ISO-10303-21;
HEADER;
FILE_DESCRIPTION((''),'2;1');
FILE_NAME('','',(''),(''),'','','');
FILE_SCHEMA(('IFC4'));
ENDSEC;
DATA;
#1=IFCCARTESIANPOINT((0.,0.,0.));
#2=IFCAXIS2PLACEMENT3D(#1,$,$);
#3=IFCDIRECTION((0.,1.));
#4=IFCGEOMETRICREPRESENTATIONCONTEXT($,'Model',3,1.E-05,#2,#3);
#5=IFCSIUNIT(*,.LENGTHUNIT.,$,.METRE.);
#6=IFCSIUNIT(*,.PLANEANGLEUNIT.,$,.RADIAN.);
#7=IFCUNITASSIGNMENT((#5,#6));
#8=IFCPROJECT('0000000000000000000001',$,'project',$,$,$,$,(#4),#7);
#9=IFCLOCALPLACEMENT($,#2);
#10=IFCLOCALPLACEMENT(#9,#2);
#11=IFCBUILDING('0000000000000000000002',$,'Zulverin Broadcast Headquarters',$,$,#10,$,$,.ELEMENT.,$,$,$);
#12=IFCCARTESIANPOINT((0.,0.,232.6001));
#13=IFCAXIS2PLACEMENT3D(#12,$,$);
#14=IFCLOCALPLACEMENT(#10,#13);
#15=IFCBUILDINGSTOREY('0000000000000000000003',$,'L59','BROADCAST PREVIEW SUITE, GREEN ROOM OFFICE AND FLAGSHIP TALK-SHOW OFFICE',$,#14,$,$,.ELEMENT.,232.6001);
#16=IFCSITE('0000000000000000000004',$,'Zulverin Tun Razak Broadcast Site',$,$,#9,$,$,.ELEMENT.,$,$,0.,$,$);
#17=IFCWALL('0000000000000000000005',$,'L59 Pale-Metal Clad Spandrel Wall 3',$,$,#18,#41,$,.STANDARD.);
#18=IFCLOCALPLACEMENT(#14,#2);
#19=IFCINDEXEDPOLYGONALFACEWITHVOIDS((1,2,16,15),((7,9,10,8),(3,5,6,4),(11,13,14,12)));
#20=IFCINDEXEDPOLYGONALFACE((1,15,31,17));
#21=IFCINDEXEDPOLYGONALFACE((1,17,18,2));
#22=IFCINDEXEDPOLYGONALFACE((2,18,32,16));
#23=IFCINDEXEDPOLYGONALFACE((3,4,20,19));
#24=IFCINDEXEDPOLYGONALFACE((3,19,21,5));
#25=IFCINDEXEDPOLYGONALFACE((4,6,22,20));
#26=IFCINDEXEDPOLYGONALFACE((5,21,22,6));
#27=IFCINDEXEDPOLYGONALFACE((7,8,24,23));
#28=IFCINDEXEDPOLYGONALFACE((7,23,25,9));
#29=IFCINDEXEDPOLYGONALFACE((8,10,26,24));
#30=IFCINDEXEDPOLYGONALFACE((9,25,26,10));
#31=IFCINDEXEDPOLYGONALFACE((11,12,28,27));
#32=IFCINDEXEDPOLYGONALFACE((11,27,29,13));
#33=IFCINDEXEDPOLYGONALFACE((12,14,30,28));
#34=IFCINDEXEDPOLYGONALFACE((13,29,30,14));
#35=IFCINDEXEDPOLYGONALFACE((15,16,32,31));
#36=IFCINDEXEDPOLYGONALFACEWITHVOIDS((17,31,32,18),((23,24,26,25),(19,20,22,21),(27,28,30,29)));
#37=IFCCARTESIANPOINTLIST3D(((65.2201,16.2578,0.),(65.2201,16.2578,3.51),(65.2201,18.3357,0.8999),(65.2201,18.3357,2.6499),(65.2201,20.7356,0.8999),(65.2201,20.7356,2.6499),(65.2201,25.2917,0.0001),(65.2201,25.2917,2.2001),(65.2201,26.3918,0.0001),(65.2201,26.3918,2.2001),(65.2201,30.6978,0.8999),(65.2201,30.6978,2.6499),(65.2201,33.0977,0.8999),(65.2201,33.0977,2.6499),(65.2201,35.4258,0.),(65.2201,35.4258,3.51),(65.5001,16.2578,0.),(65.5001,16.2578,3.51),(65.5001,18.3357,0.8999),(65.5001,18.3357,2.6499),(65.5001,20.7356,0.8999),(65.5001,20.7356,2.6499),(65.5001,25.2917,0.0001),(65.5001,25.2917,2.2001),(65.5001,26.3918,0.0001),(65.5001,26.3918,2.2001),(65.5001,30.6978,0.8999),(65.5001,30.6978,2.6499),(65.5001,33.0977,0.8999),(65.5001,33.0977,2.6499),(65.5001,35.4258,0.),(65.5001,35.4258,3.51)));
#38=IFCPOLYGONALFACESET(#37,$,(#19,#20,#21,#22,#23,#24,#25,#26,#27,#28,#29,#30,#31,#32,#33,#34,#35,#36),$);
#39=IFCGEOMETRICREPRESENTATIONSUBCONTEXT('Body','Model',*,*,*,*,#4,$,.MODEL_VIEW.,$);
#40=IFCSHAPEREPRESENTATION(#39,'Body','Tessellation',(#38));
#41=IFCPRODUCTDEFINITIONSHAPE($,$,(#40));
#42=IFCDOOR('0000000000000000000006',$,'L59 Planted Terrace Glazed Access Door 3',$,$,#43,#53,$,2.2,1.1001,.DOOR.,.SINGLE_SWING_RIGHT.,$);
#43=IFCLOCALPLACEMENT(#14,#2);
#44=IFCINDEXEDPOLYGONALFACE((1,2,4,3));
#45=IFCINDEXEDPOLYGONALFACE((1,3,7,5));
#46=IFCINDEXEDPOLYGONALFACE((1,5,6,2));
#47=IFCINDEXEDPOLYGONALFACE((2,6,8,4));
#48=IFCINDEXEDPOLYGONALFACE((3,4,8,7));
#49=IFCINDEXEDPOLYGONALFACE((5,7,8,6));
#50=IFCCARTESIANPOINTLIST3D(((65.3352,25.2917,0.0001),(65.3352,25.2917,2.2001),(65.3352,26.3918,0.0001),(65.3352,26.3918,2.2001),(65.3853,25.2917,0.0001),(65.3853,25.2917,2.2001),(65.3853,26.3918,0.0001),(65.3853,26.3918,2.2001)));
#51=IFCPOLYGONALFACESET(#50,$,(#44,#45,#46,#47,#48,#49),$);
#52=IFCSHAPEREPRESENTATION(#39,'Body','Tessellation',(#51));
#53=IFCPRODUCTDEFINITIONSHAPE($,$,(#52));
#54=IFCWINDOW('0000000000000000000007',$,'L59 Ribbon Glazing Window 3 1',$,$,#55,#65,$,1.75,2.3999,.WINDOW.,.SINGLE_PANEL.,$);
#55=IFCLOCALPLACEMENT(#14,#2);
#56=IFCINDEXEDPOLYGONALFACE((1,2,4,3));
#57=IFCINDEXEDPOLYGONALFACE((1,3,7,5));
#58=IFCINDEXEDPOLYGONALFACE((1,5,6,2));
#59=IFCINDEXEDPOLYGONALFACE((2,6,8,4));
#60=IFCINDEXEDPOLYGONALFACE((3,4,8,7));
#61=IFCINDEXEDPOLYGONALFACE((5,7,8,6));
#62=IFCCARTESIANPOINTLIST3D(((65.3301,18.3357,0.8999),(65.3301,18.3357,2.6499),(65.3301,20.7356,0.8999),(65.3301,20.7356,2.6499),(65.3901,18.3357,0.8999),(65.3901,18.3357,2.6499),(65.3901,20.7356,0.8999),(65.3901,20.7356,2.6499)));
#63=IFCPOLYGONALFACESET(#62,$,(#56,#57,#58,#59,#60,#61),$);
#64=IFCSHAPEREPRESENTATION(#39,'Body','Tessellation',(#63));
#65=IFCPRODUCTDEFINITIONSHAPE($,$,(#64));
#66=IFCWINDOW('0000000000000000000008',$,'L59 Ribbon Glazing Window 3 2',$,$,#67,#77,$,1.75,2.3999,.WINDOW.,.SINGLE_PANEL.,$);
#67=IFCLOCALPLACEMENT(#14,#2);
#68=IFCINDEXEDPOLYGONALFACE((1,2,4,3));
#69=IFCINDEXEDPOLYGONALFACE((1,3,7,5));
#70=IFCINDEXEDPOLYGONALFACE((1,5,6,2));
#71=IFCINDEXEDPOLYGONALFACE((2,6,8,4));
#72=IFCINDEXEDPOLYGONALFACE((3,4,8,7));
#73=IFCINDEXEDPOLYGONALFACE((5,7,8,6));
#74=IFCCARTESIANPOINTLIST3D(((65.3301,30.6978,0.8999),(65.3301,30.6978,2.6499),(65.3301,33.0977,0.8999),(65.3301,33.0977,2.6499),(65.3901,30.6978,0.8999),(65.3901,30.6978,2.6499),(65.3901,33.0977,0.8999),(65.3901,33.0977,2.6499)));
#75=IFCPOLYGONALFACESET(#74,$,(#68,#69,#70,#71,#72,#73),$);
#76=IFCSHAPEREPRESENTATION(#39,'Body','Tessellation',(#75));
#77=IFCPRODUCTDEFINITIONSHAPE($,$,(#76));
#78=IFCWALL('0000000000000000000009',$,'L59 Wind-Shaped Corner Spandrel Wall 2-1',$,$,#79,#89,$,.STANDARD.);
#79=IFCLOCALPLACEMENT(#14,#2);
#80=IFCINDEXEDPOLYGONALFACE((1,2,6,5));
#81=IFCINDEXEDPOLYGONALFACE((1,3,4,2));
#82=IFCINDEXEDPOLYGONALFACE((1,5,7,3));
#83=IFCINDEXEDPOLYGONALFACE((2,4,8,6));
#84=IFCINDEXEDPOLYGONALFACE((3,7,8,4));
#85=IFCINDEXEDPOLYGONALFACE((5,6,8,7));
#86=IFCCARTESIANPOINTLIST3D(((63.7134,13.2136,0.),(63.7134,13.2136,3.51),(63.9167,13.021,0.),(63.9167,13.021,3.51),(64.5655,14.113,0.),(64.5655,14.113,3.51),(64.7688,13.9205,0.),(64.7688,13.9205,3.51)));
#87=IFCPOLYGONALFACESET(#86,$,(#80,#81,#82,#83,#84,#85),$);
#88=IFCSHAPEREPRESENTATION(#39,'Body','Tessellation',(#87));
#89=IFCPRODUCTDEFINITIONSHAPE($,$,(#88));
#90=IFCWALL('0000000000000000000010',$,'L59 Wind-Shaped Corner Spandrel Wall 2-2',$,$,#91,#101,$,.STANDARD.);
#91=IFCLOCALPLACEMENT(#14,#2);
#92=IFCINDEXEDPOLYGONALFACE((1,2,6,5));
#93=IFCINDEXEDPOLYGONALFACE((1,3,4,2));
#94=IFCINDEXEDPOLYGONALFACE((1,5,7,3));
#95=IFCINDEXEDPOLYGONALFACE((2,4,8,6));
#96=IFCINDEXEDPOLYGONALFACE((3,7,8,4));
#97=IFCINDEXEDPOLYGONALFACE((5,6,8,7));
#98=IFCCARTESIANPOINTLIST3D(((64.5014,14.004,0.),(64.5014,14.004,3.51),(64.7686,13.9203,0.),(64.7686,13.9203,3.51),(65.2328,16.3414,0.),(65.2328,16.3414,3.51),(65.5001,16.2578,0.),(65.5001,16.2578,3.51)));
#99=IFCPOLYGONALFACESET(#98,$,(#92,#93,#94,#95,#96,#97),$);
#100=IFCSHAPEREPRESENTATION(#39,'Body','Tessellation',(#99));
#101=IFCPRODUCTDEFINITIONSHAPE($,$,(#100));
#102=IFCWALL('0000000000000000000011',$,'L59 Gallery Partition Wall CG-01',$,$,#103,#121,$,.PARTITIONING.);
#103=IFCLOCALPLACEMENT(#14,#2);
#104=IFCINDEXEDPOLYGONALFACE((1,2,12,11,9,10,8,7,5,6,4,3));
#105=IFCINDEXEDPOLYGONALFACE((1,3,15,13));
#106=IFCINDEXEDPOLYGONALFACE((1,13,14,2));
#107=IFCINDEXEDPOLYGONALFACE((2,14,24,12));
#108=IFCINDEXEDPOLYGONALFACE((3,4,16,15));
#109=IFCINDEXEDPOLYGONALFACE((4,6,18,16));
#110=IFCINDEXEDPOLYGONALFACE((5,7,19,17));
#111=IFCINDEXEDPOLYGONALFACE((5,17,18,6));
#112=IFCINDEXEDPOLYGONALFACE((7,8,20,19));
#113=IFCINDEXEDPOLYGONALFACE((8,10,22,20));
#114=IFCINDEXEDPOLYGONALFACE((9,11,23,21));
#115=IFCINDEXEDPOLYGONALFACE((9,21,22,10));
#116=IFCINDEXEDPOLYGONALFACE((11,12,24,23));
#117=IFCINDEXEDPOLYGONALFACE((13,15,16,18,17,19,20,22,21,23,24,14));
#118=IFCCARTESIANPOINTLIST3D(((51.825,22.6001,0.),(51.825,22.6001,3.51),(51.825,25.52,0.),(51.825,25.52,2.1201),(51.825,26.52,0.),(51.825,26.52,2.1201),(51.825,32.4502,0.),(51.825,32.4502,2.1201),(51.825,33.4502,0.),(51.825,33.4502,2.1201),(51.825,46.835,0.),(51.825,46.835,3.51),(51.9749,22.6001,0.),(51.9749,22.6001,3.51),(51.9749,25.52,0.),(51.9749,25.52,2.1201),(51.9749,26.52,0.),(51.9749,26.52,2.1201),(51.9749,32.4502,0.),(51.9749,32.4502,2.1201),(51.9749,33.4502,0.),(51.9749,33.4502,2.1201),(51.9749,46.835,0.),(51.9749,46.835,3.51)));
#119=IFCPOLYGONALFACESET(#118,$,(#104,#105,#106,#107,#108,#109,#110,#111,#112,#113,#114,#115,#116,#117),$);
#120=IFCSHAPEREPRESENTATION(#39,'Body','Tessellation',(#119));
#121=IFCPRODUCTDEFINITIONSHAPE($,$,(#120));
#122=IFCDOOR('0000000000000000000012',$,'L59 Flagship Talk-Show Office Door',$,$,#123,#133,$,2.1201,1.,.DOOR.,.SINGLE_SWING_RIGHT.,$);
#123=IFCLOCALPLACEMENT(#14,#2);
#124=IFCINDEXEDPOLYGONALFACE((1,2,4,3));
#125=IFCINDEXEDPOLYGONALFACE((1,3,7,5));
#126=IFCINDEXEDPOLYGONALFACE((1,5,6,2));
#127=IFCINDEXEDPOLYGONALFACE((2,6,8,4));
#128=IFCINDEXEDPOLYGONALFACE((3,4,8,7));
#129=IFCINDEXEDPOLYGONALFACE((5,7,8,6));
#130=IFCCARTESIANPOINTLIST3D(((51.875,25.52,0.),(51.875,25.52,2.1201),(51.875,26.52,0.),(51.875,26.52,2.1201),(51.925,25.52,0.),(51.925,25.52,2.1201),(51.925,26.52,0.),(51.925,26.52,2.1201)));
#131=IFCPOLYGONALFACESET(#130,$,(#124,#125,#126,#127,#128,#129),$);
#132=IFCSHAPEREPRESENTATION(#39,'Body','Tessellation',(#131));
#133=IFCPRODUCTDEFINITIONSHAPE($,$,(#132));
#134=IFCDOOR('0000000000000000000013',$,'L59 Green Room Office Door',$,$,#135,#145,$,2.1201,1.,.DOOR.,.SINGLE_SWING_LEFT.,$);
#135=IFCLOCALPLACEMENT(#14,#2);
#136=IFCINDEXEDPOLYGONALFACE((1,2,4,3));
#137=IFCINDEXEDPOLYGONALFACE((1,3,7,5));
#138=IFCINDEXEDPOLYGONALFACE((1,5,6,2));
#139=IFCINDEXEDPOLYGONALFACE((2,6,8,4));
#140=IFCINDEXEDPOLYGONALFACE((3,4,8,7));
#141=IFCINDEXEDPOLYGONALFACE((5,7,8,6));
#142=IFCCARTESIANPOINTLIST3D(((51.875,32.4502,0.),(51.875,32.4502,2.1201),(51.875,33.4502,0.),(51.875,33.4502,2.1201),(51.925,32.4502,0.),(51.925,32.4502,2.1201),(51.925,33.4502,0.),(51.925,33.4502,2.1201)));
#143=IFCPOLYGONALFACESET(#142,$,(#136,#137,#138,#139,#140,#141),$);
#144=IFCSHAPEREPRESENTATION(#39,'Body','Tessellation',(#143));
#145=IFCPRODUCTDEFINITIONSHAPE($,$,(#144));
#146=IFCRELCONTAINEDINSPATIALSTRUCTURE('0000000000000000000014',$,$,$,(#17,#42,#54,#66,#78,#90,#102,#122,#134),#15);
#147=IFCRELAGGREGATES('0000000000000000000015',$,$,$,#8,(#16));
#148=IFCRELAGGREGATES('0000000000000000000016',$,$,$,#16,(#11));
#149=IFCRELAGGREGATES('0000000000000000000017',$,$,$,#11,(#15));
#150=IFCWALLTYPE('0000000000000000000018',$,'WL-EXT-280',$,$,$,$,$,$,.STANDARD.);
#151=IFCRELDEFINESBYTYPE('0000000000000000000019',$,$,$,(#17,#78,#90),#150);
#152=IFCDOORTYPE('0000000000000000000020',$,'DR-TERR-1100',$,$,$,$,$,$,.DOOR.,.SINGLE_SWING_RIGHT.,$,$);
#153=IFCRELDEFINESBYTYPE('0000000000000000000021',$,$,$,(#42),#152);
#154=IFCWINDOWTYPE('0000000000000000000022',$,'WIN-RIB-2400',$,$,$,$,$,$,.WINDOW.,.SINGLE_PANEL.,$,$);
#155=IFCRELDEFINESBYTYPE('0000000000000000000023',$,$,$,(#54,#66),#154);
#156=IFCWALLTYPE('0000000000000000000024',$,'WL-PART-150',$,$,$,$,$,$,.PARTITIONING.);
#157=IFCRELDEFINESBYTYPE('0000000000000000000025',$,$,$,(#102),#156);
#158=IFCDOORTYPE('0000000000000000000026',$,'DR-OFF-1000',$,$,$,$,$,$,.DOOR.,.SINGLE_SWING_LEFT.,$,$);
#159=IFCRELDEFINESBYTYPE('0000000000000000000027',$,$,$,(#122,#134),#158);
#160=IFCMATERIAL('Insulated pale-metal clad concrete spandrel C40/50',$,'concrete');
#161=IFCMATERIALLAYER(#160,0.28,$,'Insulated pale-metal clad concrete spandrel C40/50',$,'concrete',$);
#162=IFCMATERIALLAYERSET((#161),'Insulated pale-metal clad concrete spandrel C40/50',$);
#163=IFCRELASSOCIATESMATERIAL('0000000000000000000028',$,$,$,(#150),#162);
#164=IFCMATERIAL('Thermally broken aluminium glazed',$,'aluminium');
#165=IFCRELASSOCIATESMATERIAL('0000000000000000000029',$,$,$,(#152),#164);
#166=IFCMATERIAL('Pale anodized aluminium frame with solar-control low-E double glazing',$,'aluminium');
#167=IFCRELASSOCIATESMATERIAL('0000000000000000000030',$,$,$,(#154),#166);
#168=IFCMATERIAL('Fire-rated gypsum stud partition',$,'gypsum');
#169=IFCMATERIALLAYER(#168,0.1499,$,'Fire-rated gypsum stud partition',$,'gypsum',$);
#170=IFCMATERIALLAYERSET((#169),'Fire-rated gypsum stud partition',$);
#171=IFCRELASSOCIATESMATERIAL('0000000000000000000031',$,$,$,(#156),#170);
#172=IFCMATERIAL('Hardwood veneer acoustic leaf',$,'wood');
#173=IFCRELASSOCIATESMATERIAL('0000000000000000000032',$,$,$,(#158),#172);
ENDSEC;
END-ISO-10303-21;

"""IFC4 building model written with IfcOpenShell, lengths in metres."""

from ifc_helpers import new_model, si_unit, direction, frame, frame_2d, origin, place, context, subcontext, project, spatial, rectangle, extrude, material, layer, layer_set, type_object, element, fill, save


model = new_model("IFC4")

# Units and contexts
model_context = context("Model", 3, precision=1e-05, world=origin(), true_north=direction((0.0, 1.0)))
body_context = subcontext(model_context, "Body", "Model", "MODEL_VIEW")
ifc_project = project(units=[si_unit("LENGTHUNIT", "METRE"), si_unit("PLANEANGLEUNIT", "RADIAN")], contexts=[model_context])

# Site, building, storey
site_placement = place(None, origin())
site = spatial("IfcSite", under=ifc_project, at=site_placement, Name="Zulverin Tun Razak Broadcast Site", CompositionType="ELEMENT", RefElevation=0.0)
building_placement = place(site_placement, origin())
building = spatial("IfcBuilding", under=site, at=building_placement, Name="Zulverin Broadcast Headquarters", CompositionType="ELEMENT")
storey_placement = place(building_placement, frame((0.0, 0.0, 232.6001)))
storey = spatial("IfcBuildingStorey", under=building, at=storey_placement, Name="L59", Description="BROADCAST PREVIEW SUITE, GREEN ROOM OFFICE AND FLAGSHIP TALK-SHOW OFFICE", CompositionType="ELEMENT", Elevation=232.6001)

# Wall, openings, door, windows
ifc_material_1 = material(Name="Insulated pale-metal clad concrete spandrel C40/50", Category="concrete")
ifc_layer_1 = layer(ifc_material_1, 0.28, Name="Insulated pale-metal clad concrete spandrel C40/50", Category="concrete")
ifc_layer_set_1 = layer_set([ifc_layer_1], Name="Insulated pale-metal clad concrete spandrel C40/50")
wall_type_1 = type_object("IfcWallType", Name="WL-EXT-280", PredefinedType="STANDARD", material=ifc_layer_set_1)
wall_1_placement = place(storey_placement, frame((65.3601, 16.2578, 0.0), z_axis=(0.0, 0.0, 1.0), x_axis=(0.0, 1.0, 0.0)))
wall_1 = element("IfcWall", 1, at=wall_1_placement, inside=storey, type_object=wall_type_1, Name="L59 Pale-Metal Clad Spandrel Wall 3", PredefinedType="STANDARD", context=body_context, shape_type="SweptSolid", body=[
    extrude(rectangle(XDim=19.168, YDim=0.28, at=frame_2d((9.584, 0.0))), origin(), (0.0, 0.0, 1.0), 3.51),
])
opening_1_placement = place(wall_1_placement, frame((9.0339, 0.0, 0.0)))
opening_1 = element("IfcOpeningElement", 2, at=opening_1_placement, cuts=wall_1, PredefinedType="OPENING", context=body_context, shape_type="SweptSolid", body=[
    extrude(rectangle(XDim=1.1001, YDim=2.2, at=frame_2d((0.55, 1.1001))), frame((0.0, 0.1499, 0.0), z_axis=(0.0, -1.0, 0.0), x_axis=(1.0, 0.0, 0.0)), (0.0, 0.0, 1.0), 0.3),
])
opening_2_placement = place(wall_1_placement, frame((2.0779, 0.0, 0.8999)))
opening_2 = element("IfcOpeningElement", 3, at=opening_2_placement, cuts=wall_1, PredefinedType="OPENING", context=body_context, shape_type="SweptSolid", body=[
    extrude(rectangle(XDim=2.3999, YDim=1.75, at=frame_2d((1.2, 0.875))), frame((0.0, 0.1499, 0.0), z_axis=(0.0, -1.0, 0.0), x_axis=(1.0, 0.0, 0.0)), (0.0, 0.0, 1.0), 0.3),
])
opening_3_placement = place(wall_1_placement, frame((14.4399, 0.0, 0.8999)))
opening_3 = element("IfcOpeningElement", 4, at=opening_3_placement, cuts=wall_1, PredefinedType="OPENING", context=body_context, shape_type="SweptSolid", body=[
    extrude(rectangle(XDim=2.3999, YDim=1.75, at=frame_2d((1.2, 0.875))), frame((0.0, 0.1499, 0.0), z_axis=(0.0, -1.0, 0.0), x_axis=(1.0, 0.0, 0.0)), (0.0, 0.0, 1.0), 0.3),
])
ifc_material_2 = material(Name="Thermally broken aluminium glazed", Category="aluminium")
door_type_1 = type_object("IfcDoorType", Name="DR-TERR-1100", OperationType="SINGLE_SWING_RIGHT", PredefinedType="DOOR", material=ifc_material_2)
door_1_placement = place(opening_1_placement, origin())
door_1 = element("IfcDoor", 5, at=door_1_placement, inside=storey, type_object=door_type_1, Name="L59 Planted Terrace Glazed Access Door 3", OperationType="SINGLE_SWING_RIGHT", OverallHeight=2.2, OverallWidth=1.1001, PredefinedType="DOOR", context=body_context, shape_type="SweptSolid", body=[
    extrude(rectangle(XDim=1.1001, YDim=2.2, at=frame_2d((0.55, 1.1001))), frame((0.0, 0.0249, 0.0), z_axis=(0.0, -1.0, 0.0), x_axis=(1.0, 0.0, 0.0)), (0.0, 0.0, 1.0), 0.05),
])
fill(opening_1, door_1)
ifc_material_3 = material(Name="Pale anodized aluminium frame with solar-control low-E double glazing", Category="aluminium")
window_type = type_object("IfcWindowType", Name="WIN-RIB-2400", PartitioningType="SINGLE_PANEL", PredefinedType="WINDOW", material=ifc_material_3)
window_1_placement = place(opening_2_placement, origin())
window_1 = element("IfcWindow", 6, at=window_1_placement, inside=storey, type_object=window_type, Name="L59 Ribbon Glazing Window 3 1", OverallHeight=1.75, OverallWidth=2.3999, PartitioningType="SINGLE_PANEL", PredefinedType="WINDOW", context=body_context, shape_type="SweptSolid", body=[
    extrude(rectangle(XDim=2.3999, YDim=1.75, at=frame_2d((1.2, 0.875))), frame((0.0, 0.03, 0.0), z_axis=(0.0, -1.0, 0.0), x_axis=(1.0, 0.0, 0.0)), (0.0, 0.0, 1.0), 0.0601),
])
fill(opening_2, window_1)
window_2_placement = place(opening_3_placement, origin())
window_2 = element("IfcWindow", 7, at=window_2_placement, inside=storey, type_object=window_type, Name="L59 Ribbon Glazing Window 3 2", OverallHeight=1.75, OverallWidth=2.3999, PartitioningType="SINGLE_PANEL", PredefinedType="WINDOW", context=body_context, shape_type="SweptSolid", body=[
    extrude(rectangle(XDim=2.3999, YDim=1.75, at=frame_2d((1.2, 0.875))), frame((0.0, 0.03, 0.0), z_axis=(0.0, -1.0, 0.0), x_axis=(1.0, 0.0, 0.0)), (0.0, 0.0, 1.0), 0.0601),
])
fill(opening_3, window_2)

# Walls
wall_2_placement = place(storey_placement, frame((63.8149, 13.1172, 0.0), z_axis=(0.0, 0.0, 1.0), x_axis=(0.687734, 0.725963, 0.0)))
element("IfcWall", 8, at=wall_2_placement, inside=storey, type_object=wall_type_1, Name="L59 Wind-Shaped Corner Spandrel Wall 2-1", PredefinedType="STANDARD", context=body_context, shape_type="SweptSolid", body=[
    extrude(rectangle(XDim=1.239, YDim=0.28, at=frame_2d((0.6196, 0.0))), origin(), (0.0, 0.0, 1.0), 3.51),
])
wall_3_placement = place(storey_placement, frame((64.635, 13.9622, 0.0), z_axis=(0.0, 0.0, 1.0), x_axis=(0.29865, 0.954363, 0.0)))
element("IfcWall", 9, at=wall_3_placement, inside=storey, type_object=wall_type_1, Name="L59 Wind-Shaped Corner Spandrel Wall 2-2", PredefinedType="STANDARD", context=body_context, shape_type="SweptSolid", body=[
    extrude(rectangle(XDim=2.4492, YDim=0.28, at=frame_2d((1.2246, 0.0))), origin(), (0.0, 0.0, 1.0), 3.51),
])

# Wall, openings, doors
ifc_material_4 = material(Name="Fire-rated gypsum stud partition", Category="gypsum")
ifc_layer_2 = layer(ifc_material_4, 0.1499, Name="Fire-rated gypsum stud partition", Category="gypsum")
ifc_layer_set_2 = layer_set([ifc_layer_2], Name="Fire-rated gypsum stud partition")
wall_type_2 = type_object("IfcWallType", Name="WL-PART-150", PredefinedType="PARTITIONING", material=ifc_layer_set_2)
wall_4_placement = place(storey_placement, frame((51.8999, 22.6001, 0.0), z_axis=(0.0, 0.0, 1.0), x_axis=(0.0, 1.0, 0.0)))
wall_4 = element("IfcWall", 10, at=wall_4_placement, inside=storey, type_object=wall_type_2, Name="L59 Gallery Partition Wall CG-01", PredefinedType="PARTITIONING", context=body_context, shape_type="SweptSolid", body=[
    extrude(rectangle(XDim=24.2349, YDim=0.1499, at=frame_2d((12.1174, 0.0))), origin(), (0.0, 0.0, 1.0), 3.51),
])
opening_4_placement = place(wall_4_placement, frame((2.9199, 0.0, 0.0)))
opening_4 = element("IfcOpeningElement", 11, at=opening_4_placement, cuts=wall_4, PredefinedType="OPENING", context=body_context, shape_type="SweptSolid", body=[
    extrude(rectangle(XDim=1.0, YDim=2.1201, at=frame_2d((0.5, 1.0601))), frame((0.0, 0.085, 0.0), z_axis=(0.0, -1.0, 0.0), x_axis=(1.0, 0.0, 0.0)), (0.0, 0.0, 1.0), 0.1699),
])
opening_5_placement = place(wall_4_placement, frame((9.8501, 0.0, 0.0)))
opening_5 = element("IfcOpeningElement", 12, at=opening_5_placement, cuts=wall_4, PredefinedType="OPENING", context=body_context, shape_type="SweptSolid", body=[
    extrude(rectangle(XDim=1.0, YDim=2.1201, at=frame_2d((0.5, 1.0601))), frame((0.0, 0.085, 0.0), z_axis=(0.0, -1.0, 0.0), x_axis=(1.0, 0.0, 0.0)), (0.0, 0.0, 1.0), 0.1699),
])
ifc_material_5 = material(Name="Hardwood veneer acoustic leaf", Category="wood")
door_type_2 = type_object("IfcDoorType", Name="DR-OFF-1000", OperationType="SINGLE_SWING_LEFT", PredefinedType="DOOR", material=ifc_material_5)
door_2_placement = place(opening_4_placement, origin())
door_2 = element("IfcDoor", 13, at=door_2_placement, inside=storey, type_object=door_type_2, Name="L59 Flagship Talk-Show Office Door", OperationType="SINGLE_SWING_RIGHT", OverallHeight=2.1201, OverallWidth=1.0, PredefinedType="DOOR", context=body_context, shape_type="SweptSolid", body=[
    extrude(rectangle(XDim=1.0, YDim=2.1201, at=frame_2d((0.5, 1.0601))), frame((0.0, 0.0249, 0.0), z_axis=(0.0, -1.0, 0.0), x_axis=(1.0, 0.0, 0.0)), (0.0, 0.0, 1.0), 0.05),
])
fill(opening_4, door_2)
door_3_placement = place(opening_5_placement, origin())
door_3 = element("IfcDoor", 14, at=door_3_placement, inside=storey, type_object=door_type_2, Name="L59 Green Room Office Door", OperationType="SINGLE_SWING_LEFT", OverallHeight=2.1201, OverallWidth=1.0, PredefinedType="DOOR", context=body_context, shape_type="SweptSolid", body=[
    extrude(rectangle(XDim=1.0, YDim=2.1201, at=frame_2d((0.5, 1.0601))), frame((0.0, 0.0249, 0.0), z_axis=(0.0, -1.0, 0.0), x_axis=(1.0, 0.0, 0.0)), (0.0, 0.0, 1.0), 0.05),
])
fill(opening_5, door_3)

save(model, "model.ifc")
